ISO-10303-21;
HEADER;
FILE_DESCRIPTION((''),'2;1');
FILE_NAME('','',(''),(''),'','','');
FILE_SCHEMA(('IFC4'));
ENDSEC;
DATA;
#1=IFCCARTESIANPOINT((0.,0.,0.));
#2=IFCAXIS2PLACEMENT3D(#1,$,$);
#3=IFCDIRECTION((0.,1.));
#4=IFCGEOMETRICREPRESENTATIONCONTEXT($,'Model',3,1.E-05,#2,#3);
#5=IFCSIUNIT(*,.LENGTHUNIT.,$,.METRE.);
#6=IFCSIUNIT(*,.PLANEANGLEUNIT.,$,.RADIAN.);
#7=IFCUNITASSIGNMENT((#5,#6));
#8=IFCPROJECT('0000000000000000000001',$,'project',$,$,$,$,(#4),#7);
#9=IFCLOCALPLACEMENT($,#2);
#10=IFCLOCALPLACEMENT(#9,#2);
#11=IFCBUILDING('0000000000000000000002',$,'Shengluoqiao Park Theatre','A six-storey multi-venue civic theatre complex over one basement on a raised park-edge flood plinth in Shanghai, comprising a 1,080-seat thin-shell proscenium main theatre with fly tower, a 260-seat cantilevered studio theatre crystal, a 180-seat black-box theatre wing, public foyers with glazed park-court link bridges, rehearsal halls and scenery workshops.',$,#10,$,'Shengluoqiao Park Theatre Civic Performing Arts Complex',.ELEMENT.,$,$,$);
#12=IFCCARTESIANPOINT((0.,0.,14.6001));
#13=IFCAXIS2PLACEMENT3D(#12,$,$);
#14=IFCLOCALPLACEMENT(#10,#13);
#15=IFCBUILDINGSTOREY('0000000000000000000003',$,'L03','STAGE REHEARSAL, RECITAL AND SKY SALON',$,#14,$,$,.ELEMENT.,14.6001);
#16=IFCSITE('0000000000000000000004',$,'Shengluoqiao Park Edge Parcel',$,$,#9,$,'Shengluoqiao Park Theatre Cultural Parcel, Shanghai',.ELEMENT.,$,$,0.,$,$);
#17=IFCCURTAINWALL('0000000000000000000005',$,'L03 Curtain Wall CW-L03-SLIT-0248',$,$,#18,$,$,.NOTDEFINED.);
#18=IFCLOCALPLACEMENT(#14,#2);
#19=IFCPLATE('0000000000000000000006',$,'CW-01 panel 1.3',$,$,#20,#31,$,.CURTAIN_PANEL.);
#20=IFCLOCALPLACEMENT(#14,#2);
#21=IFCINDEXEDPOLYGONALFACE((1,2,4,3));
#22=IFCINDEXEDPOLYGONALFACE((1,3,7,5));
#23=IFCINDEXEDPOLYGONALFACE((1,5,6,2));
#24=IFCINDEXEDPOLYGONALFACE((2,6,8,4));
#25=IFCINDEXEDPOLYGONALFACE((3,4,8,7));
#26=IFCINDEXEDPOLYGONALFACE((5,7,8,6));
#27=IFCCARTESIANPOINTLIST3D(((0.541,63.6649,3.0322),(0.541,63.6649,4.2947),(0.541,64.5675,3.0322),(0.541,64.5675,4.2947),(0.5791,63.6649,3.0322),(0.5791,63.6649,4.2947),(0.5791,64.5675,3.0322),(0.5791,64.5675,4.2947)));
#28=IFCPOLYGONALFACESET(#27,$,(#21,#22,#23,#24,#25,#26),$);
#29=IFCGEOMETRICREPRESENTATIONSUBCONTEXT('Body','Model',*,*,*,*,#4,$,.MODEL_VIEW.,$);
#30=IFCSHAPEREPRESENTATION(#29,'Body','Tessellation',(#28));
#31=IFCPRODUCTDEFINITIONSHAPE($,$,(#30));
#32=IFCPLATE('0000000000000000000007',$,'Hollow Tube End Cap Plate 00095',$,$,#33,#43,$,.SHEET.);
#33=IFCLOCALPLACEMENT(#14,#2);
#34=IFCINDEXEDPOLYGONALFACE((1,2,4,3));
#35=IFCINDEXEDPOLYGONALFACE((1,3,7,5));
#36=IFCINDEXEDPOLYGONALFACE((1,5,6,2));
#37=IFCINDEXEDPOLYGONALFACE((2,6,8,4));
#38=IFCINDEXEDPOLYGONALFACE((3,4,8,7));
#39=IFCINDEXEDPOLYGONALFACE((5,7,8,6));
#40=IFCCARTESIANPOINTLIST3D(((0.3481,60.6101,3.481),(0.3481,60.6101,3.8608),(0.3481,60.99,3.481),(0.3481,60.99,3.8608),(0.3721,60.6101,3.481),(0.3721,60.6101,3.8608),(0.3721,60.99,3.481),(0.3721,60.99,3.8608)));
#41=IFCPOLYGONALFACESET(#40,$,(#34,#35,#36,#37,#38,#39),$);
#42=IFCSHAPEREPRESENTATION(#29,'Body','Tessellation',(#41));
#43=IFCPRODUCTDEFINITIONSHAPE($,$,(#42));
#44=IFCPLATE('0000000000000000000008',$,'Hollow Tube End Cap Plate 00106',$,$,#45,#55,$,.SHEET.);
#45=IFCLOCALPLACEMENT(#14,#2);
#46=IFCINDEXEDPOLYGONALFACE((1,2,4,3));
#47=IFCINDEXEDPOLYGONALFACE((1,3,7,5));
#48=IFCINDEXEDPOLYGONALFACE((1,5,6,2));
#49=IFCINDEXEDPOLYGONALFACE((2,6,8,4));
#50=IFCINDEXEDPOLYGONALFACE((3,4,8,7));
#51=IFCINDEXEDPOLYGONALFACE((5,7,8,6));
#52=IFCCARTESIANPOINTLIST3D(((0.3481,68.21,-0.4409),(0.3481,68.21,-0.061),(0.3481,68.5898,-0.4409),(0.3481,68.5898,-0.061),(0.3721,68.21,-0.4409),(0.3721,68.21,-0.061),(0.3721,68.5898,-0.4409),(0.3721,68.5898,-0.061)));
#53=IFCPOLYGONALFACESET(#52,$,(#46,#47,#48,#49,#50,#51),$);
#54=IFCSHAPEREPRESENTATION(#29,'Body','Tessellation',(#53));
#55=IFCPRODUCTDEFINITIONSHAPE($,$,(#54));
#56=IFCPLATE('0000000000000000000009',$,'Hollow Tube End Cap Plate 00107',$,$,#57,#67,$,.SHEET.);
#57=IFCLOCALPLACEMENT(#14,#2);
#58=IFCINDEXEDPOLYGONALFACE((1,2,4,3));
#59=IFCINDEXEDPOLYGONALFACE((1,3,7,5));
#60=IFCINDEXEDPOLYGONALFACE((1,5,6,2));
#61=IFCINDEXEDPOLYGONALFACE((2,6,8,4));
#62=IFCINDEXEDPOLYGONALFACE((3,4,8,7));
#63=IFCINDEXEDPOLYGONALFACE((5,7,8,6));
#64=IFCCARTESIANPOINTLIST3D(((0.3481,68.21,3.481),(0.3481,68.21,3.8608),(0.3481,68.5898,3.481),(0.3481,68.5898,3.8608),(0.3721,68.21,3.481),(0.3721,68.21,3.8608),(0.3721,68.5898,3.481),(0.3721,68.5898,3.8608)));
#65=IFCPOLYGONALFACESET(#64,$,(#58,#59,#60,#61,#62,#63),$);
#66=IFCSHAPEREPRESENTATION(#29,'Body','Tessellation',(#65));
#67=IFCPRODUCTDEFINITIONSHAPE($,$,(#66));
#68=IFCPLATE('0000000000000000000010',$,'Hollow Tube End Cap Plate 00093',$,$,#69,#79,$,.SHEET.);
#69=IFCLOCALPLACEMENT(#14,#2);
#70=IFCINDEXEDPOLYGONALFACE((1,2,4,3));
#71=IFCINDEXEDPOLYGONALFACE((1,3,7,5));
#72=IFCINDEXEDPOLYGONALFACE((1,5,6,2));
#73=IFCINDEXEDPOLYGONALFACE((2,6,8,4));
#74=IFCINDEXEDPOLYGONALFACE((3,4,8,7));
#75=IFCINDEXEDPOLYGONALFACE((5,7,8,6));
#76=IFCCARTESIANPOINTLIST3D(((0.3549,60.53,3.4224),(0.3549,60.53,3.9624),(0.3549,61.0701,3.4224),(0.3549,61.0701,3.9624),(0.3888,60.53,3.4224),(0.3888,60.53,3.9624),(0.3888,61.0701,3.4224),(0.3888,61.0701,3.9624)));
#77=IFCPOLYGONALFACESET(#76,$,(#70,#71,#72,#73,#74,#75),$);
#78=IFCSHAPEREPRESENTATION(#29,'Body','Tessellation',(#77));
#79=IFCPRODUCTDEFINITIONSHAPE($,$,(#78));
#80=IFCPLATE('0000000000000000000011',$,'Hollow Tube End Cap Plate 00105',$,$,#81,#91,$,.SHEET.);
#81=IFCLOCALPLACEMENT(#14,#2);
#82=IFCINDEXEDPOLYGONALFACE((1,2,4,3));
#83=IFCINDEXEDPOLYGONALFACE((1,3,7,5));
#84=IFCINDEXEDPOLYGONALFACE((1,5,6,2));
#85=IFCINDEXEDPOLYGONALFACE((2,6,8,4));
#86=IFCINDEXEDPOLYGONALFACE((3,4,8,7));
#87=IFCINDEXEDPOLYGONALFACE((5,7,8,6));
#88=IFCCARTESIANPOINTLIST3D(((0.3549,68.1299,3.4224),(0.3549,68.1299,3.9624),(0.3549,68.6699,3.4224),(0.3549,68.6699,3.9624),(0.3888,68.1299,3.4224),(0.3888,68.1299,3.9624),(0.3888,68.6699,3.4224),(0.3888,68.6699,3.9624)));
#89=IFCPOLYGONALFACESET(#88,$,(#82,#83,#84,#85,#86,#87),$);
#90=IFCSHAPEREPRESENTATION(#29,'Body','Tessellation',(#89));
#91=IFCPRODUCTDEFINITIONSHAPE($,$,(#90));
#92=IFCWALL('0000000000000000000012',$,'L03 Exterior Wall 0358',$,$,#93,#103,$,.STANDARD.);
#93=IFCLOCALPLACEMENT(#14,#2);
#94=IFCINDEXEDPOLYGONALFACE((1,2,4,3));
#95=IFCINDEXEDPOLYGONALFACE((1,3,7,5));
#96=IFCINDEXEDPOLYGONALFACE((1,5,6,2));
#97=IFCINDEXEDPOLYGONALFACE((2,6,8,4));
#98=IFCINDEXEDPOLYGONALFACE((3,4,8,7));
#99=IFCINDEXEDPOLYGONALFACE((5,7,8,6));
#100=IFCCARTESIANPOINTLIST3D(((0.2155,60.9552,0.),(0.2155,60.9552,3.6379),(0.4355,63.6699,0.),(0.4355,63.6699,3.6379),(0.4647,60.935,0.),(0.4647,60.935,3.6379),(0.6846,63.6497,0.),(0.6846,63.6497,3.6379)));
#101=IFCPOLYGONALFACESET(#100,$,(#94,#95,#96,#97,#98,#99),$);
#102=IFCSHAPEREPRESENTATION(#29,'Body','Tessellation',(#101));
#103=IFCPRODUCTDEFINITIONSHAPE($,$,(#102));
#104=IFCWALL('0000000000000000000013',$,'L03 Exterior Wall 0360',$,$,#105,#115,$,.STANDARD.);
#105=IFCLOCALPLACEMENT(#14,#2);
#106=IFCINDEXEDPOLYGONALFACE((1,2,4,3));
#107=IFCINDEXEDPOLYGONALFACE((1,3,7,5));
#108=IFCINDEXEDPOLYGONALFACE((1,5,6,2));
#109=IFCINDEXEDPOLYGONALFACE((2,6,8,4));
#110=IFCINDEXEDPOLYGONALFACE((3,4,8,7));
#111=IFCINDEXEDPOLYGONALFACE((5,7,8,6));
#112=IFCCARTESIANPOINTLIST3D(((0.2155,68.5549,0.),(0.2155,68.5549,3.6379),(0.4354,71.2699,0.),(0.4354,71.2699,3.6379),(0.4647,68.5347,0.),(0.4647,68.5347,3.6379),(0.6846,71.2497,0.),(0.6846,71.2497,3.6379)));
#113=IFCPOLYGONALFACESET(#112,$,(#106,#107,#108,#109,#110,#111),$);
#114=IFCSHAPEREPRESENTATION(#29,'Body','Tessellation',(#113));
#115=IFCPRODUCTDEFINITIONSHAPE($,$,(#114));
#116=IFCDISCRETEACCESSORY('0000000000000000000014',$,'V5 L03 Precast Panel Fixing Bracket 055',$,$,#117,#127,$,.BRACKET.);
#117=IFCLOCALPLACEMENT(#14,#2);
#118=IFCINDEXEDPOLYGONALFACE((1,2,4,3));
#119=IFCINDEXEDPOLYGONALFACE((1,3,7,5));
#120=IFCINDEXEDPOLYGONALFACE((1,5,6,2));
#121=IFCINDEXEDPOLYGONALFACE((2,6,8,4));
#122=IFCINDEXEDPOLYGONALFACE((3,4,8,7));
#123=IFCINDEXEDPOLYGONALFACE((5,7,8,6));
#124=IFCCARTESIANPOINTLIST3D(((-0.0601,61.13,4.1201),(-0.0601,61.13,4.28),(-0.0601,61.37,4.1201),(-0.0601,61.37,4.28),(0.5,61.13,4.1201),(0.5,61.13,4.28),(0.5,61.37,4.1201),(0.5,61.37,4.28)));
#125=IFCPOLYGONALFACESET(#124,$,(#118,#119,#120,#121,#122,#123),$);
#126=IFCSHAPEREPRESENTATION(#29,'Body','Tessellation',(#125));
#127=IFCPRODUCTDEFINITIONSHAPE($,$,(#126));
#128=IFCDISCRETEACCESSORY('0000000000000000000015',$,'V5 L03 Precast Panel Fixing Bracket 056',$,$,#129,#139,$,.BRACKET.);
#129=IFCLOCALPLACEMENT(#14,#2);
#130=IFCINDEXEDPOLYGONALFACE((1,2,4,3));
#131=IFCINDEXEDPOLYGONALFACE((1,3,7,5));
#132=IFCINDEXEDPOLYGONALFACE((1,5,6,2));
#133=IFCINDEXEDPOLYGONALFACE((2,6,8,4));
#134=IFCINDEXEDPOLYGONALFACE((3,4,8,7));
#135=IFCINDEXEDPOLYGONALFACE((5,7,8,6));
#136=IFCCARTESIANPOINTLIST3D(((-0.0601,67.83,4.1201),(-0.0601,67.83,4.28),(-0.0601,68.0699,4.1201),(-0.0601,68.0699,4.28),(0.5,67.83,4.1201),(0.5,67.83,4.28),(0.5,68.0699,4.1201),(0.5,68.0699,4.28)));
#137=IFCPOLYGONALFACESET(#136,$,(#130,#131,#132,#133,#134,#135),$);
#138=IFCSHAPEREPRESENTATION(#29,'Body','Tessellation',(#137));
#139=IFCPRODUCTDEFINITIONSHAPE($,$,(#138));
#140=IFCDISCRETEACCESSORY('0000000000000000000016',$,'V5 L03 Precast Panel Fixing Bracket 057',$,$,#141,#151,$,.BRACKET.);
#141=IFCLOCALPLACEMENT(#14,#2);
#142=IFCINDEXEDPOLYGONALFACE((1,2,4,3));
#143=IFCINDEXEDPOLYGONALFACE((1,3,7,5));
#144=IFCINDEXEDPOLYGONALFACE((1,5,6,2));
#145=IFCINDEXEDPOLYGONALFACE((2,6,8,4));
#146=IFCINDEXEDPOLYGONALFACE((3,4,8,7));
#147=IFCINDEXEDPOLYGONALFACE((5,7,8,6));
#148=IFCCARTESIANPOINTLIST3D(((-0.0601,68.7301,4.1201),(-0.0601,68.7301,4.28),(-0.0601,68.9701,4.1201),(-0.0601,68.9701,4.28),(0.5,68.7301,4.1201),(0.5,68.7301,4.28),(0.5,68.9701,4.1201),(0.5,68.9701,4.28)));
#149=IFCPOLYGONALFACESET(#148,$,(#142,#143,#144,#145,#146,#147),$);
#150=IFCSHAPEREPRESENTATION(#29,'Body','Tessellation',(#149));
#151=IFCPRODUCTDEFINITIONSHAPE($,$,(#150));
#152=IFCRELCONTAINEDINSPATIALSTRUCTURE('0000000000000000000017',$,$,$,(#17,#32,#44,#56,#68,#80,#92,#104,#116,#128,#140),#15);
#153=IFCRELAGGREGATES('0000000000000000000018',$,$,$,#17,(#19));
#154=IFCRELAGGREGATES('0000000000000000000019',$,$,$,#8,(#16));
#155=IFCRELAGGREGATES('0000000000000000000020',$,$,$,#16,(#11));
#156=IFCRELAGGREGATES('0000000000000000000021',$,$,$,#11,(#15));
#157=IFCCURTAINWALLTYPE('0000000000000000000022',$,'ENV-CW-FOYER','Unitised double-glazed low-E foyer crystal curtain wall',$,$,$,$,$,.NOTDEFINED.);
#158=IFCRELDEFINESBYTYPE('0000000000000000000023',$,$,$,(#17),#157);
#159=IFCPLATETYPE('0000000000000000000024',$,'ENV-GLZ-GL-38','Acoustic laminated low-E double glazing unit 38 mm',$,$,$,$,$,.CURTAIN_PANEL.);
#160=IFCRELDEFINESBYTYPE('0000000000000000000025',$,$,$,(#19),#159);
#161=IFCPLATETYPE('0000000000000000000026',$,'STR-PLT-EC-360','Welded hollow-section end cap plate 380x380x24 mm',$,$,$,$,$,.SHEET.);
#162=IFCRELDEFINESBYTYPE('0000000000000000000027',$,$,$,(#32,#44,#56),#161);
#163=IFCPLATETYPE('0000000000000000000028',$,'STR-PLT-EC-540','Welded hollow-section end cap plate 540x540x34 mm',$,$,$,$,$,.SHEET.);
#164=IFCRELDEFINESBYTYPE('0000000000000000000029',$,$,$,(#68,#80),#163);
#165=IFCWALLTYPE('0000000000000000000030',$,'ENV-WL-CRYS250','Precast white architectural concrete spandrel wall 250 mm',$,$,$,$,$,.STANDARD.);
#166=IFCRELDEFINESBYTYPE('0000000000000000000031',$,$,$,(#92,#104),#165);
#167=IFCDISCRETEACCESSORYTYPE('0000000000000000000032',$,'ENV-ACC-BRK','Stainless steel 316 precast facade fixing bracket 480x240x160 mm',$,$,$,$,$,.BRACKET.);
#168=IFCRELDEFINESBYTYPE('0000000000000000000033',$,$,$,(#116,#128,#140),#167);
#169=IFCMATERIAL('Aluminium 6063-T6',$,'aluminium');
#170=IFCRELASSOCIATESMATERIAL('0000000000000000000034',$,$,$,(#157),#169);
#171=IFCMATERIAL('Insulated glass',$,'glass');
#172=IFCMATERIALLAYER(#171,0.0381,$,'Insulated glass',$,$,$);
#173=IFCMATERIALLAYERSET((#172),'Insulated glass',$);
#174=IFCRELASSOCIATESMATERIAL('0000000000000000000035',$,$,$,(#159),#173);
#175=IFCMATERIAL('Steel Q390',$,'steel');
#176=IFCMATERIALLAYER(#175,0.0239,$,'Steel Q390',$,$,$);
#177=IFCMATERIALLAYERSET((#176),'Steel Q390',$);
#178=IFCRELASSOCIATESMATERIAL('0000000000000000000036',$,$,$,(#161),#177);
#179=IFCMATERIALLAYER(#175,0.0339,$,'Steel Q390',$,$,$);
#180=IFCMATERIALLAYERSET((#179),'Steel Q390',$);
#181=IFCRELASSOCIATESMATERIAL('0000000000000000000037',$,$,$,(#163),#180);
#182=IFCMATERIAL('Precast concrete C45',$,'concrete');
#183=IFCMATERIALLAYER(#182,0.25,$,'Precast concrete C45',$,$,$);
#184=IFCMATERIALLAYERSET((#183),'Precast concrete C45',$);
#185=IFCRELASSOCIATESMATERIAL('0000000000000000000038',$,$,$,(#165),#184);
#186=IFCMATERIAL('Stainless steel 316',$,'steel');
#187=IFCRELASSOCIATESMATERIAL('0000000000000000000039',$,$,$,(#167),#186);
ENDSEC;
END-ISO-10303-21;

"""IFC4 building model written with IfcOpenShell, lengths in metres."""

from ifc_helpers import new_model, si_unit, direction, frame, frame_2d, origin, origin_2d, place, context, subcontext, project, spatial, rectangle, extrude, material, layer, layer_set, type_object, element, aggregate, save


model = new_model("IFC4")

# Units and contexts
model_context = context("Model", 3, precision=1e-05, world=origin(), true_north=direction((0.0, 1.0)))
body_context = subcontext(model_context, "Body", "Model", "MODEL_VIEW")
ifc_project = project(units=[si_unit("LENGTHUNIT", "METRE"), si_unit("PLANEANGLEUNIT", "RADIAN")], contexts=[model_context])

# Site, building, storey
site_placement = place(None, origin())
site = spatial("IfcSite", under=ifc_project, at=site_placement, Name="Shengluoqiao Park Edge Parcel", LongName="Shengluoqiao Park Theatre Cultural Parcel, Shanghai", CompositionType="ELEMENT", RefElevation=0.0)
building_placement = place(site_placement, origin())
building = spatial("IfcBuilding", under=site, at=building_placement, Name="Shengluoqiao Park Theatre", Description="A six-storey multi-venue civic theatre complex over one basement on a raised park-edge flood plinth in Shanghai, comprising a 1,080-seat thin-shell proscenium main theatre with fly tower, a 260-seat cantilevered studio theatre crystal, a 180-seat black-box theatre wing, public foyers with glazed park-court link bridges, rehearsal halls and scenery workshops.", LongName="Shengluoqiao Park Theatre Civic Performing Arts Complex", CompositionType="ELEMENT")
storey_placement = place(building_placement, frame((0.0, 0.0, 14.6001)))
storey = spatial("IfcBuildingStorey", under=building, at=storey_placement, Name="L03", Description="STAGE REHEARSAL, RECITAL AND SKY SALON", CompositionType="ELEMENT", Elevation=14.6001)

# Curtain wall
ifc_material_1 = material(Name="Aluminium 6063-T6", Category="aluminium")
curtain_wall_type = type_object("IfcCurtainWallType", Name="ENV-CW-FOYER", Description="Unitised double-glazed low-E foyer crystal curtain wall", PredefinedType="NOTDEFINED", material=ifc_material_1)
curtain_wall_placement = place(storey_placement, origin())
curtain_wall = element("IfcCurtainWall", 1, at=curtain_wall_placement, inside=storey, type_object=curtain_wall_type, Name="L03 Curtain Wall CW-L03-SLIT-0248", PredefinedType="NOTDEFINED")

# Shared definitions
ifc_material_2 = material(Name="Steel Q390", Category="steel")

# Shared definitions
ifc_material_3 = material(Name="Precast concrete C45", Category="concrete")

# Plate
ifc_material_4 = material(Name="Insulated glass", Category="glass")
ifc_layer_1 = layer(ifc_material_4, 0.0381, Name="Insulated glass")
ifc_layer_set_1 = layer_set([ifc_layer_1], Name="Insulated glass")
plate_type_1 = type_object("IfcPlateType", Name="ENV-GLZ-GL-38", Description="Acoustic laminated low-E double glazing unit 38 mm", PredefinedType="CURTAIN_PANEL", material=ifc_layer_set_1)
plate_1_placement = place(storey_placement, frame((0.5601, 64.1162, 3.0322), z_axis=(0.0, 0.0, 1.0), x_axis=(0.0, 1.0, 0.0)))
plate_1 = element("IfcPlate", 2, at=plate_1_placement, type_object=plate_type_1, Name="CW-01 panel 1.3", PredefinedType="CURTAIN_PANEL", context=body_context, shape_type="SweptSolid", body=[
    extrude(rectangle(XDim=0.9026, YDim=0.0381, at=origin_2d()), origin(), (0.0, 0.0, 1.0), 1.2625),
])
aggregate(curtain_wall, [plate_1])

# Plates
ifc_layer_2 = layer(ifc_material_2, 0.0239, Name="Steel Q390")
ifc_layer_set_2 = layer_set([ifc_layer_2], Name="Steel Q390")
plate_type_2 = type_object("IfcPlateType", Name="STR-PLT-EC-360", Description="Welded hollow-section end cap plate 380x380x24 mm", PredefinedType="SHEET", material=ifc_layer_set_2)
for number, where, z_axis, x_axis, name in (
    (3, (0.3601, 60.8, 3.481), (0.0, 0.0, 1.0), (1.0, 0.0, 0.0), "Hollow Tube End Cap Plate 00095"),
    (4, (0.3601, 68.3999, -0.4409), (0.0, 0.0, 1.0), (1.0, 0.0, 0.0), "Hollow Tube End Cap Plate 00106"),
    (5, (0.3601, 68.3999, 3.481), (0.0, 0.0, 1.0), (1.0, 0.0, 0.0), "Hollow Tube End Cap Plate 00107"),
):
    element("IfcPlate", number, at=place(storey_placement, frame(where, z_axis=z_axis, x_axis=x_axis)), inside=storey, type_object=plate_type_2, Name=name, PredefinedType="SHEET", context=body_context, shape_type="SweptSolid", body=[
        extrude(rectangle(XDim=0.0239, YDim=0.3799, at=origin_2d()), origin(), (0.0, 0.0, 1.0), 0.3799),
    ])
ifc_layer_3 = layer(ifc_material_2, 0.0339, Name="Steel Q390")
ifc_layer_set_3 = layer_set([ifc_layer_3], Name="Steel Q390")
plate_type_3 = type_object("IfcPlateType", Name="STR-PLT-EC-540", Description="Welded hollow-section end cap plate 540x540x34 mm", PredefinedType="SHEET", material=ifc_layer_set_3)
for number, where, z_axis, x_axis, name in (
    (6, (0.3718, 60.8, 3.4224), (0.0, 0.0, 1.0), (-1.0, 0.0, 0.0), "Hollow Tube End Cap Plate 00093"),
    (7, (0.3718, 68.3999, 3.4224), (0.0, 0.0, 1.0), (-1.0, 0.0, 0.0), "Hollow Tube End Cap Plate 00105"),
):
    element("IfcPlate", number, at=place(storey_placement, frame(where, z_axis=z_axis, x_axis=x_axis)), inside=storey, type_object=plate_type_3, Name=name, PredefinedType="SHEET", context=body_context, shape_type="SweptSolid", body=[
        extrude(rectangle(XDim=0.0339, YDim=0.54, at=origin_2d()), origin(), (0.0, 0.0, 1.0), 0.54),
    ])

# Walls
ifc_layer_4 = layer(ifc_material_3, 0.25, Name="Precast concrete C45")
ifc_layer_set_4 = layer_set([ifc_layer_4], Name="Precast concrete C45")
wall_type = type_object("IfcWallType", Name="ENV-WL-CRYS250", Description="Precast white architectural concrete spandrel wall 250 mm", PredefinedType="STANDARD", material=ifc_layer_set_4)
wall_1_placement = place(storey_placement, frame((0.3401, 60.9451, 0.0), z_axis=(0.0, 0.0, 1.0), x_axis=(0.080761, 0.996734, 0.0)))
element("IfcWall", 8, at=wall_1_placement, inside=storey, type_object=wall_type, Name="L03 Exterior Wall 0358", PredefinedType="STANDARD", context=body_context, shape_type="SweptSolid", body=[
    extrude(rectangle(XDim=2.7236, YDim=0.25, at=frame_2d((1.3618, 0.0))), origin(), (0.0, 0.0, 1.0), 3.6379),
])
wall_2_placement = place(storey_placement, frame((0.3401, 68.5449, 0.0), z_axis=(0.0, 0.0, 1.0), x_axis=(0.080753, 0.996734, 0.0)))
element("IfcWall", 9, at=wall_2_placement, inside=storey, type_object=wall_type, Name="L03 Exterior Wall 0360", PredefinedType="STANDARD", context=body_context, shape_type="SweptSolid", body=[
    extrude(rectangle(XDim=2.7239, YDim=0.25, at=frame_2d((1.3618, 0.0))), origin(), (0.0, 0.0, 1.0), 3.6379),
])

# Discrete accessories
ifc_material_5 = material(Name="Stainless steel 316", Category="steel")
discrete_accessory_type = type_object("IfcDiscreteAccessoryType", Name="ENV-ACC-BRK", Description="Stainless steel 316 precast facade fixing bracket 480x240x160 mm", PredefinedType="BRACKET", material=ifc_material_5)
for number, where, z_axis, x_axis, name in (
    (10, (0.22, 61.25, 4.1201), (0.0, 0.0, 1.0), (1.0, 0.0, 0.0), "V5 L03 Precast Panel Fixing Bracket 055"),
    (11, (0.22, 67.95, 4.1201), (0.0, 0.0, 1.0), (1.0, 0.0, 0.0), "V5 L03 Precast Panel Fixing Bracket 056"),
    (12, (0.22, 68.8501, 4.1201), (0.0, 0.0, 1.0), (1.0, 0.0, 0.0), "V5 L03 Precast Panel Fixing Bracket 057"),
):
    element("IfcDiscreteAccessory", number, at=place(storey_placement, frame(where, z_axis=z_axis, x_axis=x_axis)), inside=storey, type_object=discrete_accessory_type, Name=name, PredefinedType="BRACKET", context=body_context, shape_type="SweptSolid", body=[
        extrude(rectangle(XDim=0.5601, YDim=0.24, at=origin_2d()), origin(), (0.0, 0.0, 1.0), 0.1599),
    ])

save(model, "model.ifc")
